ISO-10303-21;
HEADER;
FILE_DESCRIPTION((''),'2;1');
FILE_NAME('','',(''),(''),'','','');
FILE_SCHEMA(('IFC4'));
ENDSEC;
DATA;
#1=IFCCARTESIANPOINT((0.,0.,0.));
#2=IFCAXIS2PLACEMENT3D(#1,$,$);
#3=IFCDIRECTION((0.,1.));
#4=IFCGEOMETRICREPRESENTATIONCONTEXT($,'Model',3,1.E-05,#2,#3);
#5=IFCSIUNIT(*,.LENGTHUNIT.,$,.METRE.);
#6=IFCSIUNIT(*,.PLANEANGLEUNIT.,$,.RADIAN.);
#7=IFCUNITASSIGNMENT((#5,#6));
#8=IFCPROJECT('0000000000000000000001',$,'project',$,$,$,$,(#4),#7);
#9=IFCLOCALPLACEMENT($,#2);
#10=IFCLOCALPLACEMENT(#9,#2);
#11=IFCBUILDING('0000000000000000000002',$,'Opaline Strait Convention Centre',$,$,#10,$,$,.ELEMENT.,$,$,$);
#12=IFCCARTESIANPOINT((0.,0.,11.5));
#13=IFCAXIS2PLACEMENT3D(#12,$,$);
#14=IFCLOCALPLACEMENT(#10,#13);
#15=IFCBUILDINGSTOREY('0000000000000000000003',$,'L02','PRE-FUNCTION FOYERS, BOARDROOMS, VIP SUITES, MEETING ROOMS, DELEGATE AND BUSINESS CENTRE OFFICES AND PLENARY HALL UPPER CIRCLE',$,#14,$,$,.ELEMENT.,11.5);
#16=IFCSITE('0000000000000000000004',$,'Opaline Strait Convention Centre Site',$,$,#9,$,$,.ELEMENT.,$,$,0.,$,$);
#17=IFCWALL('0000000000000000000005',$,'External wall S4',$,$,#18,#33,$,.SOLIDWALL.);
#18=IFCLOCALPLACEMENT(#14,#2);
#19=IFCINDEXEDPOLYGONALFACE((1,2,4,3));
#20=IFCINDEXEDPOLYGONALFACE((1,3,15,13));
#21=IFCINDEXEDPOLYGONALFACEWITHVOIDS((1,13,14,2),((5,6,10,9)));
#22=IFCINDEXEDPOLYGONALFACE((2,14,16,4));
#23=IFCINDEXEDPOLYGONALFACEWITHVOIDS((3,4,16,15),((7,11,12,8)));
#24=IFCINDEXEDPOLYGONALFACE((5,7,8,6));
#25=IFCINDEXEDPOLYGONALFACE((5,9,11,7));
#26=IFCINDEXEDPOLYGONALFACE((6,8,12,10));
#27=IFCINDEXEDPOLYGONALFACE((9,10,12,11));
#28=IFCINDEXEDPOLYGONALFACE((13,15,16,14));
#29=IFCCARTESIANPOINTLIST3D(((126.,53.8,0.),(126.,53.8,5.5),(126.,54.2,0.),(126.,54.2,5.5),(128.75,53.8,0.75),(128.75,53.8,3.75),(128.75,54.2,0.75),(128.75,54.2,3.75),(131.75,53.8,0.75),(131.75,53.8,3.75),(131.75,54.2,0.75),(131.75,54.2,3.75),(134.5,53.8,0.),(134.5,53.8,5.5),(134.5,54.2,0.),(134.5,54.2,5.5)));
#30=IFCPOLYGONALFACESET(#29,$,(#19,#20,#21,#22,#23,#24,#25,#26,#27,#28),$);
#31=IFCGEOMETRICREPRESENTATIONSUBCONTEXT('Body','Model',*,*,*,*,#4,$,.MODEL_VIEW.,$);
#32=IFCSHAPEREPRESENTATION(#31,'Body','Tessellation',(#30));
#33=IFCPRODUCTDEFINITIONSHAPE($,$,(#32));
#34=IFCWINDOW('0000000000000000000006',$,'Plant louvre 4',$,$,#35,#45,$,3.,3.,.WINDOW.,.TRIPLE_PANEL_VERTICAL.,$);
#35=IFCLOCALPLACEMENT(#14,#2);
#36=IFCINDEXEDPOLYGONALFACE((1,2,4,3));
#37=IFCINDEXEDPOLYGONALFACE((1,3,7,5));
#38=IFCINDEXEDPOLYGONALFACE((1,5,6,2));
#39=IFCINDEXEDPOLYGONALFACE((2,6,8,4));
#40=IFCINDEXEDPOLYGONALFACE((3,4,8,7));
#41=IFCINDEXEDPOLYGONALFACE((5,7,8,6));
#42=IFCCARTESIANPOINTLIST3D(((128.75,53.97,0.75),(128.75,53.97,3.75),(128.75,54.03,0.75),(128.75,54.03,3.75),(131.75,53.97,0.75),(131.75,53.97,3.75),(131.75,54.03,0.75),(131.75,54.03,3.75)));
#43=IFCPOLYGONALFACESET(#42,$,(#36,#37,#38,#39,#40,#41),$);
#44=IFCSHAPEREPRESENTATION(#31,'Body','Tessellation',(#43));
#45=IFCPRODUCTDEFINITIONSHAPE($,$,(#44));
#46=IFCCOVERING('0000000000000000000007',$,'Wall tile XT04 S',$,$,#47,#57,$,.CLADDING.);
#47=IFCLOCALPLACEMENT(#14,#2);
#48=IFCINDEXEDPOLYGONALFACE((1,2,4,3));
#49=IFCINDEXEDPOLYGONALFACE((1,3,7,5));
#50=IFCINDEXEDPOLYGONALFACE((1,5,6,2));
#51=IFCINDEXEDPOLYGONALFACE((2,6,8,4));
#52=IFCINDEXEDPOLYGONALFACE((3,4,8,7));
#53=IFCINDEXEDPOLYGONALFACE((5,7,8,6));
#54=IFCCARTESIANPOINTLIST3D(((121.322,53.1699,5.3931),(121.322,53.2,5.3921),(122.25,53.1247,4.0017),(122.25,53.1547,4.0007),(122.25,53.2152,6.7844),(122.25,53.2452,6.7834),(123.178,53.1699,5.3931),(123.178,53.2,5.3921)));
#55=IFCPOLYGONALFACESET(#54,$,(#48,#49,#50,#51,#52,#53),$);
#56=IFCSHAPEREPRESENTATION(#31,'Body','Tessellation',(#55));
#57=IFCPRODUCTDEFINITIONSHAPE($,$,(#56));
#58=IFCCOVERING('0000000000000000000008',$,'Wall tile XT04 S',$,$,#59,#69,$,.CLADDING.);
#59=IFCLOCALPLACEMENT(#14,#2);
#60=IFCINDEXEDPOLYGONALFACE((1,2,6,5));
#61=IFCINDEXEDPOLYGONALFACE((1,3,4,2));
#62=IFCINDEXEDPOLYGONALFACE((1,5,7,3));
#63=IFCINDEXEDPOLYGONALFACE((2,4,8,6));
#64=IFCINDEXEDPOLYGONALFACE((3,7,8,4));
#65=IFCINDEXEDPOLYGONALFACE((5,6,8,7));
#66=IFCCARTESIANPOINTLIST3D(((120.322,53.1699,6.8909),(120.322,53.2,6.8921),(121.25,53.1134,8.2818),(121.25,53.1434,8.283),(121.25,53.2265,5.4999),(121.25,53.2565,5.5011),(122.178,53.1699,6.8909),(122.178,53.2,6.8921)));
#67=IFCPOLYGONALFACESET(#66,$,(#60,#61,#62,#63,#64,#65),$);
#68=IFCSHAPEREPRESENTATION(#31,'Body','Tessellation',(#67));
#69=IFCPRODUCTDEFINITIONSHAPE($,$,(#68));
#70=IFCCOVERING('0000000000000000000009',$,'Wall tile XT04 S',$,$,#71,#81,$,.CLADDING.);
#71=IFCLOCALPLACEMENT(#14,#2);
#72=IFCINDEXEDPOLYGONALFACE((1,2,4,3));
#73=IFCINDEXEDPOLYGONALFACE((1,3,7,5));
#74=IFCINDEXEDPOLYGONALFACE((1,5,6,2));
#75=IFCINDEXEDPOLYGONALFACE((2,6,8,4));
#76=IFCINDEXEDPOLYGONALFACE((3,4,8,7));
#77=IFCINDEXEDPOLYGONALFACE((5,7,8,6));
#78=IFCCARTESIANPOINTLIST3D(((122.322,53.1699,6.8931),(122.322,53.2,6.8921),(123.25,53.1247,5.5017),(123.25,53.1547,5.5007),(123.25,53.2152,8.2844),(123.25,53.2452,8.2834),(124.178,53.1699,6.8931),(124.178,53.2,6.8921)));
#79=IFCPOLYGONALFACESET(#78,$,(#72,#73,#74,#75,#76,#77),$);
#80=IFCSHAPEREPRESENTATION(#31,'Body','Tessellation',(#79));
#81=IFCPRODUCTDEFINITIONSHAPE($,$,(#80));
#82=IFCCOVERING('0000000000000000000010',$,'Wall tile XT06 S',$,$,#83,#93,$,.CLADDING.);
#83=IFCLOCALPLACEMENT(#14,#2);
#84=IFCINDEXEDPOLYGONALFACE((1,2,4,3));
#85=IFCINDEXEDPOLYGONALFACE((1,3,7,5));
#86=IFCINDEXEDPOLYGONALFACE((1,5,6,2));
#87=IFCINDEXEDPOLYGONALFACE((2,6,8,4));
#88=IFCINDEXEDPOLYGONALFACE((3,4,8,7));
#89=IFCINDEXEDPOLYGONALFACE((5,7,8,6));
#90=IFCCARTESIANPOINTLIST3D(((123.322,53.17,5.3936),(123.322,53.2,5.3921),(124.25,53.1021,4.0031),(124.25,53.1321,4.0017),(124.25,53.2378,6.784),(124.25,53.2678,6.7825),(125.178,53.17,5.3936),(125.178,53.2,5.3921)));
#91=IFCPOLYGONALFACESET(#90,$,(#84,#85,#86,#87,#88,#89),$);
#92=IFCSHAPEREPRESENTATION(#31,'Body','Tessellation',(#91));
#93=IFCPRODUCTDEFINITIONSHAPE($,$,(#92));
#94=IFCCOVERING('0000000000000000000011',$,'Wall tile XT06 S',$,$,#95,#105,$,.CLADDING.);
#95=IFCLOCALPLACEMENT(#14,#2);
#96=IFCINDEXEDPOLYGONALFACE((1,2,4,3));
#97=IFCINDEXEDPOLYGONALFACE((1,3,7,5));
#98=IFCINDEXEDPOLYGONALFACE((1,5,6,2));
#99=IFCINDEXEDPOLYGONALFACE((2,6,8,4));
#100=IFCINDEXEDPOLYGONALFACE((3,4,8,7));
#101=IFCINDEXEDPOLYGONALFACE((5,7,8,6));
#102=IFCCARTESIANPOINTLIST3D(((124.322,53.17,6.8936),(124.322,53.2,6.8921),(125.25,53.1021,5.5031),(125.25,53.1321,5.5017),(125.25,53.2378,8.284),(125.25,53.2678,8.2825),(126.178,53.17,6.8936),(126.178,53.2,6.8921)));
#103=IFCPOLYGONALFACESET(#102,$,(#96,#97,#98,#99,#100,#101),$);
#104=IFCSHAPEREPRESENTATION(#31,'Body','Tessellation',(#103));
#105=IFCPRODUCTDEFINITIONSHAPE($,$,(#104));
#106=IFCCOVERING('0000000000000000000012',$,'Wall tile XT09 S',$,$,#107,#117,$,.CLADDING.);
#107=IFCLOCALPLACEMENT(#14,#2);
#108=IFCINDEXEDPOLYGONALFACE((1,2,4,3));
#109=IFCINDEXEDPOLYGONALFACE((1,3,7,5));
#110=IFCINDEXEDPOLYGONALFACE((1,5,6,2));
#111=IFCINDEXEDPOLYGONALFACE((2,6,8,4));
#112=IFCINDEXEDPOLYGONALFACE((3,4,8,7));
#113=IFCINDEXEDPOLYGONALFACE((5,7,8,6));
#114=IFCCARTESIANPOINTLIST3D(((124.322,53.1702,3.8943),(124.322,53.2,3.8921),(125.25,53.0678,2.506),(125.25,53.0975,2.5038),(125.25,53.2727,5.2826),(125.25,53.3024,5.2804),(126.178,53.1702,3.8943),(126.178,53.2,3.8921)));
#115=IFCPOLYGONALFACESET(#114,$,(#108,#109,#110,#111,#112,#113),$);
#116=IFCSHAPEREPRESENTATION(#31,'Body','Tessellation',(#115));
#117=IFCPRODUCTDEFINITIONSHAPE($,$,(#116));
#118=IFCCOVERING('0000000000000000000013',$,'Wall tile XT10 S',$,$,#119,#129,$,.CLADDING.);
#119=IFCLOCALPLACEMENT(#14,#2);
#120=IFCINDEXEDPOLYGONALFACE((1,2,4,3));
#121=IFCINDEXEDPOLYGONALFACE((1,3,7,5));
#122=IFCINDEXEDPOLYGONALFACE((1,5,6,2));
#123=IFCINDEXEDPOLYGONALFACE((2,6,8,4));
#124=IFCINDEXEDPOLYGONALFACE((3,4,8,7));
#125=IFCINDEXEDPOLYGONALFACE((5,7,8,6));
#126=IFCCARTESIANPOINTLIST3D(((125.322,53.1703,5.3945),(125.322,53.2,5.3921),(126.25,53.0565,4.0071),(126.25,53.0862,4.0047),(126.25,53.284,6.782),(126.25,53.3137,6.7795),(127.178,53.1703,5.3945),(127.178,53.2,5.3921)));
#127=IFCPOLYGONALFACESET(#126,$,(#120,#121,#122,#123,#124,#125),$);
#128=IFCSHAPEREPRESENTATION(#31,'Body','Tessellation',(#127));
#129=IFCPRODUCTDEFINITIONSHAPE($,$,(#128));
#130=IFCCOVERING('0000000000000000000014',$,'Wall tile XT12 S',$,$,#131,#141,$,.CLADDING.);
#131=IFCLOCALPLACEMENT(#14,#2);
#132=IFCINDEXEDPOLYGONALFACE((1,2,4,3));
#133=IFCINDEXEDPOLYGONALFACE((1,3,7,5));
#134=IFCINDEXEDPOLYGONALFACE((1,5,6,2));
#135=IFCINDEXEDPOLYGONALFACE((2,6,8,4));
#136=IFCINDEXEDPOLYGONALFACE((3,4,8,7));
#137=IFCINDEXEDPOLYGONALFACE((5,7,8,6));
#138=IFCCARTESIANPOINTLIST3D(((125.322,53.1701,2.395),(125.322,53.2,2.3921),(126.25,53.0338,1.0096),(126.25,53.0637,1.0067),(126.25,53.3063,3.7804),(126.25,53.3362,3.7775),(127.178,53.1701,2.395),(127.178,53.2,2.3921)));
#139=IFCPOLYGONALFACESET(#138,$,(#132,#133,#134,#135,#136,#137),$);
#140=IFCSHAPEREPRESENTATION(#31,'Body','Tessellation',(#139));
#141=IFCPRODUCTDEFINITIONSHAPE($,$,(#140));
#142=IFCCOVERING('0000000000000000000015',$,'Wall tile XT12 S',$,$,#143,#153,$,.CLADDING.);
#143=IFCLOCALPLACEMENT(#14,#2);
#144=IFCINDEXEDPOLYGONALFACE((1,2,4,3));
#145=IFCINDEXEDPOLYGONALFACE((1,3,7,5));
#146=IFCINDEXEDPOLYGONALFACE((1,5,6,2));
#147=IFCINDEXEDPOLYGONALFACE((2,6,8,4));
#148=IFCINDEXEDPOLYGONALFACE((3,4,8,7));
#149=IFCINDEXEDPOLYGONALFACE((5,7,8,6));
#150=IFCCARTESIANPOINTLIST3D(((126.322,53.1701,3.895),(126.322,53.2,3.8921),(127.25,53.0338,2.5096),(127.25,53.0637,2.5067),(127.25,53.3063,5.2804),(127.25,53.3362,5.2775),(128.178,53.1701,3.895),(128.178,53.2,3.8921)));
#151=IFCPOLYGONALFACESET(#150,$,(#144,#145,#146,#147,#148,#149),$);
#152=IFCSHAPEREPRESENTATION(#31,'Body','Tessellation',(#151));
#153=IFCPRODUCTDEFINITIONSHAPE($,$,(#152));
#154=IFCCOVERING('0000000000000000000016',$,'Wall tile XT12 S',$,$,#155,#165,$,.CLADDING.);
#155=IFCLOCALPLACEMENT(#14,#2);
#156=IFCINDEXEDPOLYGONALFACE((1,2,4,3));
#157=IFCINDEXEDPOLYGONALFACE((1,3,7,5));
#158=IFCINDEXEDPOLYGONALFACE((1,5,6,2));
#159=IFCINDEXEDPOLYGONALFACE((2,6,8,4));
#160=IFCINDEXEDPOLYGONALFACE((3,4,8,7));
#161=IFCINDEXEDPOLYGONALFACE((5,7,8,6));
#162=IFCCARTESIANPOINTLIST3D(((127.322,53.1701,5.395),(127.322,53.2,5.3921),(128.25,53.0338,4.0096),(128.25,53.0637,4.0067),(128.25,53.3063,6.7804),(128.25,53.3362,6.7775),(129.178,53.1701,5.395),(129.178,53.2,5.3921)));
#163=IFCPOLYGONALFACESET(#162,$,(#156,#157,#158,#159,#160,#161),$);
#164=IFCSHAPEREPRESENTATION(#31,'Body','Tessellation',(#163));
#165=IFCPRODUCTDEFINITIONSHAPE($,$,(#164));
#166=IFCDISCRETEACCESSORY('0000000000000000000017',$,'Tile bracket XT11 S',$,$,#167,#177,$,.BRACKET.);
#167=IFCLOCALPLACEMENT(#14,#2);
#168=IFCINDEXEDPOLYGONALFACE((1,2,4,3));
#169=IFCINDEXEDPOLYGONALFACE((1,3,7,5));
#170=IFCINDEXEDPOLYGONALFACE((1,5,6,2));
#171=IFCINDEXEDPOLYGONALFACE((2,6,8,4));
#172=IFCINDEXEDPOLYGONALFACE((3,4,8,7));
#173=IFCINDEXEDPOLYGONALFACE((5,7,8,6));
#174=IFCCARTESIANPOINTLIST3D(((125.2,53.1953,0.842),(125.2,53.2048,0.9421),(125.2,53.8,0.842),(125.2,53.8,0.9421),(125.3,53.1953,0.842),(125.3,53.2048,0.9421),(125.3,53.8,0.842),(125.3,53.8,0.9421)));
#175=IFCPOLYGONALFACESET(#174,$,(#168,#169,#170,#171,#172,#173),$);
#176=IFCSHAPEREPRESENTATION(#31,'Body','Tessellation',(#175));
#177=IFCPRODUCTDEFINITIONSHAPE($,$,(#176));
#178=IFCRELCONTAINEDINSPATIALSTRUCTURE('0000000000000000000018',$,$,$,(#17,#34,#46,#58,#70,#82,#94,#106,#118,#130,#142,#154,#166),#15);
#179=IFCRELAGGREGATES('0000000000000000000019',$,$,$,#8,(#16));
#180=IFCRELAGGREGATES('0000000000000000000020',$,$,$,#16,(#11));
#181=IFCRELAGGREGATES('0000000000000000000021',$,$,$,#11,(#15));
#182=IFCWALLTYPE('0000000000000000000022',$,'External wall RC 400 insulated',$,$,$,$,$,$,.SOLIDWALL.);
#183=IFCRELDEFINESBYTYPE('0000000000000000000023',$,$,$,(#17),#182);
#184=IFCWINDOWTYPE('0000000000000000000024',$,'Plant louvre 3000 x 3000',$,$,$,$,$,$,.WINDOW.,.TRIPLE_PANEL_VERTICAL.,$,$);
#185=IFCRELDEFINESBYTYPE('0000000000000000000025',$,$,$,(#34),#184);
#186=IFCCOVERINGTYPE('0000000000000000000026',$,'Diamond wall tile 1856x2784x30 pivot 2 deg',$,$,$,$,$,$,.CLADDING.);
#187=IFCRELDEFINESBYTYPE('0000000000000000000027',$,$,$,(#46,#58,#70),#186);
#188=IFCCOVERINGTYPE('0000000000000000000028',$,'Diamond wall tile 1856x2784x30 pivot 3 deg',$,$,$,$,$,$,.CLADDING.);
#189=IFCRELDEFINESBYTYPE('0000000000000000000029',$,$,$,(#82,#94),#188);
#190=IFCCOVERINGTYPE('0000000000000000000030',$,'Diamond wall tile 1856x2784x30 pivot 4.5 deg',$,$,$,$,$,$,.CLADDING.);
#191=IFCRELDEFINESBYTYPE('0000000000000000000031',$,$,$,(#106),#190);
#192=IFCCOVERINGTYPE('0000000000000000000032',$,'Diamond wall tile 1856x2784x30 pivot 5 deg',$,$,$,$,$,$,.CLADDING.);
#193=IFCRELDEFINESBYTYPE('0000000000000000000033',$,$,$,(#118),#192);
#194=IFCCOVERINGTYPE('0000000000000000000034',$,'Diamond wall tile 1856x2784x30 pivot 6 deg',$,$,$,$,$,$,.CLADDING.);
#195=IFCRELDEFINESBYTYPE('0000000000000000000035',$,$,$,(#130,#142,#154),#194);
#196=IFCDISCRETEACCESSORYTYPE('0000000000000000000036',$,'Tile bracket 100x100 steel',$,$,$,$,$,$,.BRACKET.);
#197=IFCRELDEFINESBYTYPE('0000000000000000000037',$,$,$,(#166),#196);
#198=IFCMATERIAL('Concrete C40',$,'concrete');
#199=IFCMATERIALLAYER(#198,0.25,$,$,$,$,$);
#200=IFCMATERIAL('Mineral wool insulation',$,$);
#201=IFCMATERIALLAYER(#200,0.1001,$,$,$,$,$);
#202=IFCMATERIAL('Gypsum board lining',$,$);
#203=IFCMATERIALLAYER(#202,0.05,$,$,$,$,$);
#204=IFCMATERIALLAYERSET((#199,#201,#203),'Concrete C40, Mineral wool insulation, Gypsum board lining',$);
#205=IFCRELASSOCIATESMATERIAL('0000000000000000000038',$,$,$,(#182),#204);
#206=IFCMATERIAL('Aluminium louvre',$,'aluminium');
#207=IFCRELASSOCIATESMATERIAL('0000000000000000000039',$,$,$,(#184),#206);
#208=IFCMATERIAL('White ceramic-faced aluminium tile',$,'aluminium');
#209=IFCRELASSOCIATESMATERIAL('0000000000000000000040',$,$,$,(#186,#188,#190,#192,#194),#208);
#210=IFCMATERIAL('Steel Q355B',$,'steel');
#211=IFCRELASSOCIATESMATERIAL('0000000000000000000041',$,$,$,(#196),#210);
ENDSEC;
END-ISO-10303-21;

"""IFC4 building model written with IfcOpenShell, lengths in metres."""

from ifc_helpers import new_model, si_unit, direction, frame, frame_2d, origin, place, context, subcontext, project, spatial, polyline, rectangle, outline, extrude, material, layer, layer_set, material_profile, profile_set, type_object, element, fill, save


model = new_model("IFC4")

# Units and contexts
model_context = context("Model", 3, precision=1e-05, world=origin(), true_north=direction((0.0, 1.0)))
body_context = subcontext(model_context, "Body", "Model", "MODEL_VIEW")
ifc_project = project(units=[si_unit("LENGTHUNIT", "METRE"), si_unit("PLANEANGLEUNIT", "RADIAN")], contexts=[model_context])

# Site, building, storey
site_placement = place(None, origin())
site = spatial("IfcSite", under=ifc_project, at=site_placement, Name="Opaline Strait Convention Centre Site", CompositionType="ELEMENT", RefElevation=0.0)
building_placement = place(site_placement, origin())
building = spatial("IfcBuilding", under=site, at=building_placement, Name="Opaline Strait Convention Centre", CompositionType="ELEMENT")
storey_placement = place(building_placement, frame((0.0, 0.0, 11.5)))
storey = spatial("IfcBuildingStorey", under=building, at=storey_placement, Name="L02", Description="PRE-FUNCTION FOYERS, BOARDROOMS, VIP SUITES, MEETING ROOMS, DELEGATE AND BUSINESS CENTRE OFFICES AND PLENARY HALL UPPER CIRCLE", CompositionType="ELEMENT", Elevation=11.5)

# Wall, opening, window
ifc_material_1 = material(Name="Concrete C40", Category="concrete")
ifc_layer_1 = layer(ifc_material_1, 0.25)
ifc_material_2 = material(Name="Mineral wool insulation")
ifc_layer_2 = layer(ifc_material_2, 0.1001)
ifc_material_3 = material(Name="Gypsum board lining")
ifc_layer_3 = layer(ifc_material_3, 0.05)
ifc_layer_set = layer_set([ifc_layer_1, ifc_layer_2, ifc_layer_3], Name="Concrete C40, Mineral wool insulation, Gypsum board lining")
wall_type = type_object("IfcWallType", Name="External wall RC 400 insulated", PredefinedType="SOLIDWALL", material=ifc_layer_set)
wall_placement = place(storey_placement, frame((126.0, 54.0, 0.0), z_axis=(0.0, 0.0, 1.0), x_axis=(1.0, 0.0, 0.0)))
wall = element("IfcWall", 1, at=wall_placement, inside=storey, type_object=wall_type, Name="External wall S4", PredefinedType="SOLIDWALL", context=body_context, shape_type="SweptSolid", body=[
    extrude(rectangle(XDim=8.5, YDim=0.3999, at=frame_2d((4.25, 0.0))), origin(), (0.0, 0.0, 1.0), 5.5),
])
opening_placement = place(wall_placement, frame((2.75, 0.0, 0.75)))
opening = element("IfcOpeningElement", 2, at=opening_placement, cuts=wall, PredefinedType="OPENING", context=body_context, shape_type="SweptSolid", body=[
    extrude(rectangle(XDim=3.0, YDim=3.0, at=frame_2d((1.5, 1.5))), frame((0.0, 0.21, 0.0), z_axis=(0.0, -1.0, 0.0), x_axis=(1.0, 0.0, 0.0)), (0.0, 0.0, 1.0), 0.4199),
])
ifc_material_4 = material(Name="Aluminium louvre", Category="aluminium")
window_type = type_object("IfcWindowType", Name="Plant louvre 3000 x 3000", PartitioningType="TRIPLE_PANEL_VERTICAL", PredefinedType="WINDOW", material=ifc_material_4)
window_placement = place(opening_placement, origin())
window = element("IfcWindow", 3, at=window_placement, inside=storey, type_object=window_type, Name="Plant louvre 4", OverallHeight=3.0, OverallWidth=3.0, PartitioningType="TRIPLE_PANEL_VERTICAL", PredefinedType="WINDOW", context=body_context, shape_type="SweptSolid", body=[
    extrude(rectangle(XDim=3.0, YDim=3.0, at=frame_2d((1.5, 1.5))), frame((0.0, 0.03, 0.0), z_axis=(0.0, -1.0, 0.0), x_axis=(1.0, 0.0, 0.0)), (0.0, 0.0, 1.0), 0.0601),
])
fill(opening, window)

# Coverings
ifc_material_5 = material(Name="White ceramic-faced aluminium tile", Category="aluminium")
ifc_material_profile_1 = material_profile(ifc_material_5, outline(polyline([(0.928, 0.0), (0.0, 1.3921), (-0.928, 0.0), (0.0, -1.3921), (0.928, 0.0)])), Name="Diamond tile 1856x2784")
ifc_profile_set_1 = profile_set([ifc_material_profile_1], Name="White ceramic-faced aluminium tile")
covering_type_1 = type_object("IfcCoveringType", Name="Diamond wall tile 1856x2784x30 pivot 2 deg", PredefinedType="CLADDING", material=ifc_profile_set_1)
for number, where, z_axis, x_axis, name in (
    (4, (122.25, 53.2, 5.3921), (0.0, -0.999472, 0.032503), (1.0, 0.0, 0.0), "Wall tile XT04 S"),
    (5, (121.25, 53.2, 6.8921), (0.0, -0.999175, -0.040617), (1.0, 0.0, 0.0), "Wall tile XT04 S"),
    (6, (123.25, 53.2, 6.8921), (0.0, -0.999472, 0.032503), (1.0, 0.0, 0.0), "Wall tile XT04 S"),
):
    element("IfcCovering", number, at=place(storey_placement, frame(where, z_axis=z_axis, x_axis=x_axis)), inside=storey, type_object=covering_type_1, Name=name, PredefinedType="CLADDING", context=body_context, shape_type="SweptSolid", body=[
        extrude(outline(polyline([(0.928, 0.0), (0.0, 1.3921), (-0.928, 0.0), (0.0, -1.3921), (0.928, 0.0)])), origin(), (0.0, 0.0, 1.0), 0.03),
    ])
ifc_material_profile_2 = material_profile(ifc_material_5, outline(polyline([(0.928, 0.0), (0.0, 1.3921), (-0.928, 0.0), (0.0, -1.3921), (0.928, 0.0)])), Name="Diamond tile 1856x2784")
ifc_profile_set_2 = profile_set([ifc_material_profile_2], Name="White ceramic-faced aluminium tile")
covering_type_2 = type_object("IfcCoveringType", Name="Diamond wall tile 1856x2784x30 pivot 3 deg", PredefinedType="CLADDING", material=ifc_profile_set_2)
for number, where, z_axis, x_axis, name in (
    (7, (124.25, 53.2, 5.3921), (0.0, -0.998812, 0.048723), (1.0, 0.0, 0.0), "Wall tile XT06 S"),
    (8, (125.25, 53.2, 6.8921), (0.0, -0.998812, 0.048723), (1.0, 0.0, 0.0), "Wall tile XT06 S"),
):
    element("IfcCovering", number, at=place(storey_placement, frame(where, z_axis=z_axis, x_axis=x_axis)), inside=storey, type_object=covering_type_2, Name=name, PredefinedType="CLADDING", context=body_context, shape_type="SweptSolid", body=[
        extrude(outline(polyline([(0.928, 0.0), (0.0, 1.3921), (-0.928, 0.0), (0.0, -1.3921), (0.928, 0.0)])), origin(), (0.0, 0.0, 1.0), 0.03),
    ])
ifc_material_profile_3 = material_profile(ifc_material_5, outline(polyline([(0.928, 0.0), (0.0, 1.3921), (-0.928, 0.0), (0.0, -1.3921), (0.928, 0.0)])), Name="Diamond tile 1856x2784")
ifc_profile_set_3 = profile_set([ifc_material_profile_3], Name="White ceramic-faced aluminium tile")
covering_type_3 = type_object("IfcCoveringType", Name="Diamond wall tile 1856x2784x30 pivot 4.5 deg", PredefinedType="CLADDING", material=ifc_profile_set_3)
covering_1_placement = place(storey_placement, frame((125.25, 53.2, 3.8921), z_axis=(0.0, -0.99729, 0.073571), x_axis=(1.0, 0.0, 0.0)))
element("IfcCovering", 9, at=covering_1_placement, inside=storey, type_object=covering_type_3, Name="Wall tile XT09 S", PredefinedType="CLADDING", context=body_context, shape_type="SweptSolid", body=[
    extrude(outline(polyline([(0.928, 0.0), (0.0, 1.3921), (-0.928, 0.0), (0.0, -1.3921), (0.928, 0.0)])), origin(), (0.0, 0.0, 1.0), 0.0298),
])
ifc_material_profile_4 = material_profile(ifc_material_5, outline(polyline([(0.928, 0.0), (0.0, 1.3921), (-0.928, 0.0), (0.0, -1.3921), (0.928, 0.0)])), Name="Diamond tile 1856x2784")
ifc_profile_set_4 = profile_set([ifc_material_profile_4], Name="White ceramic-faced aluminium tile")
covering_type_4 = type_object("IfcCoveringType", Name="Diamond wall tile 1856x2784x30 pivot 5 deg", PredefinedType="CLADDING", material=ifc_profile_set_4)
covering_2_placement = place(storey_placement, frame((126.25, 53.2, 5.3921), z_axis=(0.0, -0.996658, 0.081693), x_axis=(1.0, 0.0, 0.0)))
element("IfcCovering", 10, at=covering_2_placement, inside=storey, type_object=covering_type_4, Name="Wall tile XT10 S", PredefinedType="CLADDING", context=body_context, shape_type="SweptSolid", body=[
    extrude(outline(polyline([(0.928, 0.0), (0.0, 1.3921), (-0.928, 0.0), (0.0, -1.3921), (0.928, 0.0)])), origin(), (0.0, 0.0, 1.0), 0.0298),
])
ifc_material_profile_5 = material_profile(ifc_material_5, outline(polyline([(0.928, 0.0), (0.0, 1.3921), (-0.928, 0.0), (0.0, -1.3921), (0.928, 0.0)])), Name="Diamond tile 1856x2784")
ifc_profile_set_5 = profile_set([ifc_material_profile_5], Name="White ceramic-faced aluminium tile")
covering_type_5 = type_object("IfcCoveringType", Name="Diamond wall tile 1856x2784x30 pivot 6 deg", PredefinedType="CLADDING", material=ifc_profile_set_5)
for number, where, z_axis, x_axis, name in (
    (11, (126.25, 53.2, 2.3921), (0.0, -0.995197, 0.097888), (1.0, 0.0, 0.0), "Wall tile XT12 S"),
    (12, (127.25, 53.2, 3.8921), (0.0, -0.995197, 0.097888), (1.0, 0.0, 0.0), "Wall tile XT12 S"),
    (13, (128.25, 53.2, 5.3921), (0.0, -0.995197, 0.097888), (1.0, 0.0, 0.0), "Wall tile XT12 S"),
):
    element("IfcCovering", number, at=place(storey_placement, frame(where, z_axis=z_axis, x_axis=x_axis)), inside=storey, type_object=covering_type_5, Name=name, PredefinedType="CLADDING", context=body_context, shape_type="SweptSolid", body=[
        extrude(outline(polyline([(0.928, 0.0), (0.0, 1.3921), (-0.928, 0.0), (0.0, -1.3921), (0.928, 0.0)])), origin(), (0.0, 0.0, 1.0), 0.03),
    ])

# Discrete accessory
ifc_material_6 = material(Name="Steel Q355B", Category="steel")
discrete_accessory_type = type_object("IfcDiscreteAccessoryType", Name="Tile bracket 100x100 steel", PredefinedType="BRACKET", material=ifc_material_6)
discrete_accessory_1_placement = place(storey_placement, frame((125.2, 53.8, 0.8921), z_axis=(1.0, 0.0, 0.0), x_axis=(0.0, 1.0, 0.0)))
element("IfcDiscreteAccessory", 14, at=discrete_accessory_1_placement, inside=storey, type_object=discrete_accessory_type, Name="Tile bracket XT11 S", PredefinedType="BRACKET", context=body_context, shape_type="SweptSolid", body=[
    extrude(outline(polyline([(0.0, -0.05), (0.0, 0.05), (-0.5952, 0.05), (-0.6047, -0.05), (0.0, -0.05)])), origin(), (0.0, 0.0, 1.0), 0.1001),
])

save(model, "model.ifc")
